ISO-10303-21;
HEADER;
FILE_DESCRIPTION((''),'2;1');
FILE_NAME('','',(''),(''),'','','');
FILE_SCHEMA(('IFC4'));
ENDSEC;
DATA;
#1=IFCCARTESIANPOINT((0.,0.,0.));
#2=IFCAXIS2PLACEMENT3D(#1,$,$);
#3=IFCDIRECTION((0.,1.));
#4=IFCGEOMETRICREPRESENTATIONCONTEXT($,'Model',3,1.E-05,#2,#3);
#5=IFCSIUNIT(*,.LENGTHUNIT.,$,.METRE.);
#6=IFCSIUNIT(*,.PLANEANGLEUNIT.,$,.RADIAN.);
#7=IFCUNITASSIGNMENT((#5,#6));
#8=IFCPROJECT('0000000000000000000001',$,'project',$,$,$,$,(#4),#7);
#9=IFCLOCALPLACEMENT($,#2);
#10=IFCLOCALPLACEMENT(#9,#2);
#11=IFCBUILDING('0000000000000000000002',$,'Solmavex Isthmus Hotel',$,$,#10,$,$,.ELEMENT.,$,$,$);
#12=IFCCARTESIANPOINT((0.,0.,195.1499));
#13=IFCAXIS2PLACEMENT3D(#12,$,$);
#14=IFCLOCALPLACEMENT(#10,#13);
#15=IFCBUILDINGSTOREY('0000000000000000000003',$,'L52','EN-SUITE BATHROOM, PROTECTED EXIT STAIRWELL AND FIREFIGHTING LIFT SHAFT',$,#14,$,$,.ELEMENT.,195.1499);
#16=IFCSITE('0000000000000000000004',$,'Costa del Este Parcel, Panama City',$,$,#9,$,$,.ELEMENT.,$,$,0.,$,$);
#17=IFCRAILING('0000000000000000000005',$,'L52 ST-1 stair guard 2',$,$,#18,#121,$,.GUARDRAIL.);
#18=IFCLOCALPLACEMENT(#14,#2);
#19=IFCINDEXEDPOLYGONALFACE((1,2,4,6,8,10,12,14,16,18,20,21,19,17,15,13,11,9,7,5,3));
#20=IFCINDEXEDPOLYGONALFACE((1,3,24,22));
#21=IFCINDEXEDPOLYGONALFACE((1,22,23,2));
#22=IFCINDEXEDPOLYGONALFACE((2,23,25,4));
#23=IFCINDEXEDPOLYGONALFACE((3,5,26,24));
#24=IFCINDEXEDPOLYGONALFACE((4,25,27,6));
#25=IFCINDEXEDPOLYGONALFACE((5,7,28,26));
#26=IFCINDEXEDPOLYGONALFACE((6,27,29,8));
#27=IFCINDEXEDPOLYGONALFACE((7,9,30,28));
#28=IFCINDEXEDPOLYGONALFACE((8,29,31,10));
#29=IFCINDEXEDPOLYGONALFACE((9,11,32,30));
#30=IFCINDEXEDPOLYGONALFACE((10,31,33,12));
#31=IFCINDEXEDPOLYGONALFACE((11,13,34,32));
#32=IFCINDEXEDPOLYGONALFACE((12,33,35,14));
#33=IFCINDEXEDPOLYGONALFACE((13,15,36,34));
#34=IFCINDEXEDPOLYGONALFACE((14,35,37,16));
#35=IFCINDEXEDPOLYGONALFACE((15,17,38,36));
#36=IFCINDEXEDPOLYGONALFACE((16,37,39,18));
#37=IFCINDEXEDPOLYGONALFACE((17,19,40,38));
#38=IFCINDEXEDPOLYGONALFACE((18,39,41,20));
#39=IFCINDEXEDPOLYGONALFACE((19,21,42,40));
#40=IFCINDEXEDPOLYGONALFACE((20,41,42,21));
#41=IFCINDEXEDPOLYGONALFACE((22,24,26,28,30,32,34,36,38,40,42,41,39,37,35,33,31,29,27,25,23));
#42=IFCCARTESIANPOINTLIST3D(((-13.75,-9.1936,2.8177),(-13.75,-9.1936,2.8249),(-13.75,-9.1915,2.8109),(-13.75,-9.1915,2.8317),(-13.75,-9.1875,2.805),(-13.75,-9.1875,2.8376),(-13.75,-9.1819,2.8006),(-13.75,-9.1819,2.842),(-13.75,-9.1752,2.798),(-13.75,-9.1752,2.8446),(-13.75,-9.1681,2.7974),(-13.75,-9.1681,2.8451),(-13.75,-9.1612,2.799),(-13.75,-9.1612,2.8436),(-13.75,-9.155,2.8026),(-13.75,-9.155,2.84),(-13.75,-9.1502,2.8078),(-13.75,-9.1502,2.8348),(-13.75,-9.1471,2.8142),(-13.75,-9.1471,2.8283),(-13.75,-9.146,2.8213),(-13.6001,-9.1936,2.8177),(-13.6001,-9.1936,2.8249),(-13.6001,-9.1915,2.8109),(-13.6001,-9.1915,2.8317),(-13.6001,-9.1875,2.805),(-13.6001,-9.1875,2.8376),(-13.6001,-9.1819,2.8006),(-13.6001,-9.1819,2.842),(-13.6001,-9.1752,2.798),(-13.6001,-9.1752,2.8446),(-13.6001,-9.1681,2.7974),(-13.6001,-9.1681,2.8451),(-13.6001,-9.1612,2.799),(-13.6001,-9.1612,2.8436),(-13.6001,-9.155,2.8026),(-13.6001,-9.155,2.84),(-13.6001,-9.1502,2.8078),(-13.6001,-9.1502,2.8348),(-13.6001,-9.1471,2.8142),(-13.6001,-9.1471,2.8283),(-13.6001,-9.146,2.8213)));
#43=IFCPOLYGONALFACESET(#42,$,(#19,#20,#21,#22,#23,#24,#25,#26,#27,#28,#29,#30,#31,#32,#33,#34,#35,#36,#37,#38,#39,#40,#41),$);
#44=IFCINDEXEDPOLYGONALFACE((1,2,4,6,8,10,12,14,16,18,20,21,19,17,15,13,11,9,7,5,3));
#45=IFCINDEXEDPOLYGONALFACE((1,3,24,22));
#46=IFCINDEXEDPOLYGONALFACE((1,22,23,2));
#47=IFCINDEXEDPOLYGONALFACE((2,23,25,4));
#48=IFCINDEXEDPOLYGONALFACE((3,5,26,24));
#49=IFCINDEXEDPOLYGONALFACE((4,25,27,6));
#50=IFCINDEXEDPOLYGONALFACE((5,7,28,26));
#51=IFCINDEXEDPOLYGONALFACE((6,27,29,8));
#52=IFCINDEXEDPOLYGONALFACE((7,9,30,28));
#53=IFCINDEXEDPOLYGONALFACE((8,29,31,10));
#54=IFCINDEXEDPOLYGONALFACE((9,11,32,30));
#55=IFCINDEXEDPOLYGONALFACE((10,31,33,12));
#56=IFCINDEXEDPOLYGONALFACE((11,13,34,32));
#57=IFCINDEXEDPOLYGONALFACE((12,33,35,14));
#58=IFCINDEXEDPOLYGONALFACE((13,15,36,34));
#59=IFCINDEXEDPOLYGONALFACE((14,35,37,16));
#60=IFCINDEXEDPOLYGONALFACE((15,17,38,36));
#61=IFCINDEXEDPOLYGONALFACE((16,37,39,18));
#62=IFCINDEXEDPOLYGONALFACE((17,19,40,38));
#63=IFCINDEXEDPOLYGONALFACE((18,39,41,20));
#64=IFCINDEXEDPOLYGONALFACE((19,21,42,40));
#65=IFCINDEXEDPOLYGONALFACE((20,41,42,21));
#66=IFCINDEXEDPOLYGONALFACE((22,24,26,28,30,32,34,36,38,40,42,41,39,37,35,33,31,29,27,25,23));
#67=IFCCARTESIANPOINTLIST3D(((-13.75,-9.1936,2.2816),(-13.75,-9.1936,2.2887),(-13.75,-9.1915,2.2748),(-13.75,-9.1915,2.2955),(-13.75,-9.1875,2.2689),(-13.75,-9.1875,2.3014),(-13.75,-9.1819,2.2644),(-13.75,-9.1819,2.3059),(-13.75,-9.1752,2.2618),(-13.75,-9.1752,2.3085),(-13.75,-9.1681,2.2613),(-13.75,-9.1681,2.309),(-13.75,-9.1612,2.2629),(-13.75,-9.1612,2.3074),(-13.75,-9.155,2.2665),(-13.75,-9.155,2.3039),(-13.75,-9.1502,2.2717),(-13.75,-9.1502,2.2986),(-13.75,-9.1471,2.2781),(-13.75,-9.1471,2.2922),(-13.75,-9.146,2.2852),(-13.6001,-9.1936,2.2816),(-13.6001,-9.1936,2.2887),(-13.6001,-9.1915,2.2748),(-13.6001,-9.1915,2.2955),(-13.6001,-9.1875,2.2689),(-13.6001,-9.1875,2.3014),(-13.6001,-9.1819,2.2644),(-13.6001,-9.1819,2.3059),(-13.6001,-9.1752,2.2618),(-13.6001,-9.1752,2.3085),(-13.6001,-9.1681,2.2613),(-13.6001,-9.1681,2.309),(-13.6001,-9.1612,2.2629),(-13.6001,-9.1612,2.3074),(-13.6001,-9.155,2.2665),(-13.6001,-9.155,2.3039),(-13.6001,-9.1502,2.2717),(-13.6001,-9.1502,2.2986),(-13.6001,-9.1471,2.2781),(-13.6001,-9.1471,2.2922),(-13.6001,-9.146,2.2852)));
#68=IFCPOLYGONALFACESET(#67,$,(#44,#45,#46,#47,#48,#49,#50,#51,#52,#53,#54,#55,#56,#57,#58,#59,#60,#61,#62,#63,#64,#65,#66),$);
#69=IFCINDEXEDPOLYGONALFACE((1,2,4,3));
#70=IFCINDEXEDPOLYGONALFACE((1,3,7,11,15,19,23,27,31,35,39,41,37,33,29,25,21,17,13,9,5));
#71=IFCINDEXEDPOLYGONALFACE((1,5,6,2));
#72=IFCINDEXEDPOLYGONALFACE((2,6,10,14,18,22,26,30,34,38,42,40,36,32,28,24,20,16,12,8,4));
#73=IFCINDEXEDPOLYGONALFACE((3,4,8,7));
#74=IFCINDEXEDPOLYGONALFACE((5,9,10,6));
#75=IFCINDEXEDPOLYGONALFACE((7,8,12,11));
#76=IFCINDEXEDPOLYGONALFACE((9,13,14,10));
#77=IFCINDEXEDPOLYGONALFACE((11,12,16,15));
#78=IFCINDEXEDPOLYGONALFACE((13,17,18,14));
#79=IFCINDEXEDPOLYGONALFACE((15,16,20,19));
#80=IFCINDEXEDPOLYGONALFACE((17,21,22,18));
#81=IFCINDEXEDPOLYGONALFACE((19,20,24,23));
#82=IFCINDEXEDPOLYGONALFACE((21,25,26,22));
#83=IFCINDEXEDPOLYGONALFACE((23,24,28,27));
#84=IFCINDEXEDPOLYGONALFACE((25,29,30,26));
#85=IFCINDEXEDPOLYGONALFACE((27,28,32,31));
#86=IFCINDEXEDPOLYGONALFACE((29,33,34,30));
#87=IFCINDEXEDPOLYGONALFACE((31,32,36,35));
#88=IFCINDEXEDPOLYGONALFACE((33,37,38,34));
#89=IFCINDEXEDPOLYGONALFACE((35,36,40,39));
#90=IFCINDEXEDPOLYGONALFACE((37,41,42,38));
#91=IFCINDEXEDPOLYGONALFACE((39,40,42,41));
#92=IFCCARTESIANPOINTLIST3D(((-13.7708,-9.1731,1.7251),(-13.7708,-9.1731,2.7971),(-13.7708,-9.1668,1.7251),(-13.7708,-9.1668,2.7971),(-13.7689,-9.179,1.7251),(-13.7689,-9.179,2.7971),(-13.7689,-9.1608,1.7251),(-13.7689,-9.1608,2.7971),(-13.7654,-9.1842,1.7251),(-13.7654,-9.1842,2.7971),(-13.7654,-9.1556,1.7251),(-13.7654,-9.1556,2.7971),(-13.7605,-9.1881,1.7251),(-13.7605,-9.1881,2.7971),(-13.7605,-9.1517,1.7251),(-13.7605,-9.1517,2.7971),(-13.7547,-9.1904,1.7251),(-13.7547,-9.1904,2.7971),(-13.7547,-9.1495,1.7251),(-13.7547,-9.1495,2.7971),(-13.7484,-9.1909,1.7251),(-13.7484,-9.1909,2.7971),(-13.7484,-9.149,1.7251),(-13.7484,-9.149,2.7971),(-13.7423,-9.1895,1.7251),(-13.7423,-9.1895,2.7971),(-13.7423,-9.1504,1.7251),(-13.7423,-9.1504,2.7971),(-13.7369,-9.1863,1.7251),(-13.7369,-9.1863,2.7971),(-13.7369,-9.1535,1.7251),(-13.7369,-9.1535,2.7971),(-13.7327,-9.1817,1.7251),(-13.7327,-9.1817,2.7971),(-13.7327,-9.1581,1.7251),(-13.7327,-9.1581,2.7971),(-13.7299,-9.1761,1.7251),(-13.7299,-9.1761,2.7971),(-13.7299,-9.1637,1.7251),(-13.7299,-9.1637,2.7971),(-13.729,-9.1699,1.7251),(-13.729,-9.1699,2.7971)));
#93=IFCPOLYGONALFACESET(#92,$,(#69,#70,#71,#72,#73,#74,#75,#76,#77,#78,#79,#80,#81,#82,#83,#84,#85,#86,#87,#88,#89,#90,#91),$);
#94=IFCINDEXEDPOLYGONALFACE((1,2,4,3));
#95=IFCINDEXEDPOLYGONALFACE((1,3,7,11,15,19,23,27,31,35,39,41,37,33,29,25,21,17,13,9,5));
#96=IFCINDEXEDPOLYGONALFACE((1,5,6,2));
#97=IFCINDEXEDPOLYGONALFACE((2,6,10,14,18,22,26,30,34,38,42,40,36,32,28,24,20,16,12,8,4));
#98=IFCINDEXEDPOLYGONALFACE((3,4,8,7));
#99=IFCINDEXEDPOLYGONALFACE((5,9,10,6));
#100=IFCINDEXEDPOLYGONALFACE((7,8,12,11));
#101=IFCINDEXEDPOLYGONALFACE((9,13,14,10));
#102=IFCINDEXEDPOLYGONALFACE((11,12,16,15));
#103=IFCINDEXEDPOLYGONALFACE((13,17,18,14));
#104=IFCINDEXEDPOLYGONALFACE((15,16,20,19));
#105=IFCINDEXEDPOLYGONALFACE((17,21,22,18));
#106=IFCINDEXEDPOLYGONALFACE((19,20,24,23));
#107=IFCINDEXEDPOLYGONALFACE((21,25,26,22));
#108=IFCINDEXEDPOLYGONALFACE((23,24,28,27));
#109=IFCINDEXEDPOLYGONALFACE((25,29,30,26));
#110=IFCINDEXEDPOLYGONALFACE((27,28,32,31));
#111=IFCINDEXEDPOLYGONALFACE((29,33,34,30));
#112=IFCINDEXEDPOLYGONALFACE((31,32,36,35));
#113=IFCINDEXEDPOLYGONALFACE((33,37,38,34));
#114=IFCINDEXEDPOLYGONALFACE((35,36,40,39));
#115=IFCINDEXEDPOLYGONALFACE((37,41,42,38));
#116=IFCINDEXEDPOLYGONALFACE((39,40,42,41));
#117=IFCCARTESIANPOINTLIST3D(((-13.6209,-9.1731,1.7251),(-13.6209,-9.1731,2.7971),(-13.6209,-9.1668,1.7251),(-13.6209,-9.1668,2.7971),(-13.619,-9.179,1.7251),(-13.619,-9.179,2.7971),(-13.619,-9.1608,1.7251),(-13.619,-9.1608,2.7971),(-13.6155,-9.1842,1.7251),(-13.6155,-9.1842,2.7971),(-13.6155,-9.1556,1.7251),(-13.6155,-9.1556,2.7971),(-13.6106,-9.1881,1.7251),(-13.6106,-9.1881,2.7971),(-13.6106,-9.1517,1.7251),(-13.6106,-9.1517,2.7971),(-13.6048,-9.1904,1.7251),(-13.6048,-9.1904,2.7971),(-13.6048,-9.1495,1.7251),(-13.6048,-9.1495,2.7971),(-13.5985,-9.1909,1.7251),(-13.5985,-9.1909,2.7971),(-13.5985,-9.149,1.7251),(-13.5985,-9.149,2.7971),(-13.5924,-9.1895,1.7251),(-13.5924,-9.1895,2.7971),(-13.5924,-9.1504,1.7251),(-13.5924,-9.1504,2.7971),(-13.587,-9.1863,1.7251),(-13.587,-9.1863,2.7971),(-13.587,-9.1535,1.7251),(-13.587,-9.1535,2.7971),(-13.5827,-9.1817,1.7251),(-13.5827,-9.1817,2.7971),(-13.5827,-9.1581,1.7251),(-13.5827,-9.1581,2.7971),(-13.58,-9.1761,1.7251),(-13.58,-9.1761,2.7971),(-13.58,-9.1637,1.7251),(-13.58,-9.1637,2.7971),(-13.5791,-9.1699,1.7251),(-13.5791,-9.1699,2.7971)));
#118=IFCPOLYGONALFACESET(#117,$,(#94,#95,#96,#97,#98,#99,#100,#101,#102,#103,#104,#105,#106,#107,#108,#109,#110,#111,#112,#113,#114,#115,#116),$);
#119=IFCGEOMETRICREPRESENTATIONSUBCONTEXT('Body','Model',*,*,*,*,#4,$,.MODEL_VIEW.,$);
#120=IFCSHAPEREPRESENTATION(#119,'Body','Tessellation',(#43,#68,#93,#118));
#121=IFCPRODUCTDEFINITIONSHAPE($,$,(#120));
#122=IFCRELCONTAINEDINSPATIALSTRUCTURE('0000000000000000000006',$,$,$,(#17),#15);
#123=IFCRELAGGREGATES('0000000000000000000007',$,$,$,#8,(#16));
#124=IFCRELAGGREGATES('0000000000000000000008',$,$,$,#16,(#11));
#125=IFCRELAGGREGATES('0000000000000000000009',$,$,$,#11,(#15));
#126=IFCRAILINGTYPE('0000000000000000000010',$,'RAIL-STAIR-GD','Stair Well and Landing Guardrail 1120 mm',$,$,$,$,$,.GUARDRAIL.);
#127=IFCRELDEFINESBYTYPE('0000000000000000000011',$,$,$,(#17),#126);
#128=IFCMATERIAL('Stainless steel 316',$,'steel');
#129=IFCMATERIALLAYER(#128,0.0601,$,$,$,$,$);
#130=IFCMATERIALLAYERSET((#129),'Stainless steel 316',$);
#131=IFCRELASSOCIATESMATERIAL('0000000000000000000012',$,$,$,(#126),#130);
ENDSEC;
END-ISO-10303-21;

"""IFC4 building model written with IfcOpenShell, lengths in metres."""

from ifc_helpers import new_model, si_unit, direction, frame, origin, origin_2d, place, context, subcontext, project, spatial, circle, extrude, material, layer, layer_set, type_object, element, save


model = new_model("IFC4")

# Units and contexts
model_context = context("Model", 3, precision=1e-05, world=origin(), true_north=direction((0.0, 1.0)))
body_context = subcontext(model_context, "Body", "Model", "MODEL_VIEW")
ifc_project = project(units=[si_unit("LENGTHUNIT", "METRE"), si_unit("PLANEANGLEUNIT", "RADIAN")], contexts=[model_context])

# Site, building, storey
site_placement = place(None, origin())
site = spatial("IfcSite", under=ifc_project, at=site_placement, Name="Costa del Este Parcel, Panama City", CompositionType="ELEMENT", RefElevation=0.0)
building_placement = place(site_placement, origin())
building = spatial("IfcBuilding", under=site, at=building_placement, Name="Solmavex Isthmus Hotel", CompositionType="ELEMENT")
storey_placement = place(building_placement, frame((0.0, 0.0, 195.1499)))
storey = spatial("IfcBuildingStorey", under=building, at=storey_placement, Name="L52", Description="EN-SUITE BATHROOM, PROTECTED EXIT STAIRWELL AND FIREFIGHTING LIFT SHAFT", CompositionType="ELEMENT", Elevation=195.1499)

# Railing
ifc_material_1 = material(Name="Stainless steel 316", Category="steel")
ifc_layer_1 = layer(ifc_material_1, 0.0601)
ifc_layer_set_1 = layer_set([ifc_layer_1], Name="Stainless steel 316")
railing_type = type_object("IfcRailingType", Name="RAIL-STAIR-GD", Description="Stair Well and Landing Guardrail 1120 mm", PredefinedType="GUARDRAIL", material=ifc_layer_set_1)
railing_1_placement = place(storey_placement, frame((-13.75, -9.1699, 1.7251)))
element("IfcRailing", 1, at=railing_1_placement, inside=storey, type_object=railing_type, Name="L52 ST-1 stair guard 2", PredefinedType="GUARDRAIL", context=body_context, shape_type="SweptSolid", body=[
    extrude(circle(Radius=0.0239, at=origin_2d()), frame((0.0, 0.0, 1.0962), z_axis=(1.0, 0.0, 0.0), x_axis=(0.0, 1.0, 0.0)), (0.0, 0.0, 1.0), 0.1499),
    extrude(circle(Radius=0.0239, at=origin_2d()), frame((0.0, 0.0, 0.5601), z_axis=(1.0, 0.0, 0.0), x_axis=(0.0, 1.0, 0.0)), (0.0, 0.0, 1.0), 0.1499),
    extrude(circle(Radius=0.021, at=origin_2d()), origin(), (0.0, 0.0, 1.0), 1.072),
    extrude(circle(Radius=0.021, at=origin_2d()), frame((0.1499, 0.0, 0.0)), (0.0, 0.0, 1.0), 1.072),
])

save(model, "model.ifc")
